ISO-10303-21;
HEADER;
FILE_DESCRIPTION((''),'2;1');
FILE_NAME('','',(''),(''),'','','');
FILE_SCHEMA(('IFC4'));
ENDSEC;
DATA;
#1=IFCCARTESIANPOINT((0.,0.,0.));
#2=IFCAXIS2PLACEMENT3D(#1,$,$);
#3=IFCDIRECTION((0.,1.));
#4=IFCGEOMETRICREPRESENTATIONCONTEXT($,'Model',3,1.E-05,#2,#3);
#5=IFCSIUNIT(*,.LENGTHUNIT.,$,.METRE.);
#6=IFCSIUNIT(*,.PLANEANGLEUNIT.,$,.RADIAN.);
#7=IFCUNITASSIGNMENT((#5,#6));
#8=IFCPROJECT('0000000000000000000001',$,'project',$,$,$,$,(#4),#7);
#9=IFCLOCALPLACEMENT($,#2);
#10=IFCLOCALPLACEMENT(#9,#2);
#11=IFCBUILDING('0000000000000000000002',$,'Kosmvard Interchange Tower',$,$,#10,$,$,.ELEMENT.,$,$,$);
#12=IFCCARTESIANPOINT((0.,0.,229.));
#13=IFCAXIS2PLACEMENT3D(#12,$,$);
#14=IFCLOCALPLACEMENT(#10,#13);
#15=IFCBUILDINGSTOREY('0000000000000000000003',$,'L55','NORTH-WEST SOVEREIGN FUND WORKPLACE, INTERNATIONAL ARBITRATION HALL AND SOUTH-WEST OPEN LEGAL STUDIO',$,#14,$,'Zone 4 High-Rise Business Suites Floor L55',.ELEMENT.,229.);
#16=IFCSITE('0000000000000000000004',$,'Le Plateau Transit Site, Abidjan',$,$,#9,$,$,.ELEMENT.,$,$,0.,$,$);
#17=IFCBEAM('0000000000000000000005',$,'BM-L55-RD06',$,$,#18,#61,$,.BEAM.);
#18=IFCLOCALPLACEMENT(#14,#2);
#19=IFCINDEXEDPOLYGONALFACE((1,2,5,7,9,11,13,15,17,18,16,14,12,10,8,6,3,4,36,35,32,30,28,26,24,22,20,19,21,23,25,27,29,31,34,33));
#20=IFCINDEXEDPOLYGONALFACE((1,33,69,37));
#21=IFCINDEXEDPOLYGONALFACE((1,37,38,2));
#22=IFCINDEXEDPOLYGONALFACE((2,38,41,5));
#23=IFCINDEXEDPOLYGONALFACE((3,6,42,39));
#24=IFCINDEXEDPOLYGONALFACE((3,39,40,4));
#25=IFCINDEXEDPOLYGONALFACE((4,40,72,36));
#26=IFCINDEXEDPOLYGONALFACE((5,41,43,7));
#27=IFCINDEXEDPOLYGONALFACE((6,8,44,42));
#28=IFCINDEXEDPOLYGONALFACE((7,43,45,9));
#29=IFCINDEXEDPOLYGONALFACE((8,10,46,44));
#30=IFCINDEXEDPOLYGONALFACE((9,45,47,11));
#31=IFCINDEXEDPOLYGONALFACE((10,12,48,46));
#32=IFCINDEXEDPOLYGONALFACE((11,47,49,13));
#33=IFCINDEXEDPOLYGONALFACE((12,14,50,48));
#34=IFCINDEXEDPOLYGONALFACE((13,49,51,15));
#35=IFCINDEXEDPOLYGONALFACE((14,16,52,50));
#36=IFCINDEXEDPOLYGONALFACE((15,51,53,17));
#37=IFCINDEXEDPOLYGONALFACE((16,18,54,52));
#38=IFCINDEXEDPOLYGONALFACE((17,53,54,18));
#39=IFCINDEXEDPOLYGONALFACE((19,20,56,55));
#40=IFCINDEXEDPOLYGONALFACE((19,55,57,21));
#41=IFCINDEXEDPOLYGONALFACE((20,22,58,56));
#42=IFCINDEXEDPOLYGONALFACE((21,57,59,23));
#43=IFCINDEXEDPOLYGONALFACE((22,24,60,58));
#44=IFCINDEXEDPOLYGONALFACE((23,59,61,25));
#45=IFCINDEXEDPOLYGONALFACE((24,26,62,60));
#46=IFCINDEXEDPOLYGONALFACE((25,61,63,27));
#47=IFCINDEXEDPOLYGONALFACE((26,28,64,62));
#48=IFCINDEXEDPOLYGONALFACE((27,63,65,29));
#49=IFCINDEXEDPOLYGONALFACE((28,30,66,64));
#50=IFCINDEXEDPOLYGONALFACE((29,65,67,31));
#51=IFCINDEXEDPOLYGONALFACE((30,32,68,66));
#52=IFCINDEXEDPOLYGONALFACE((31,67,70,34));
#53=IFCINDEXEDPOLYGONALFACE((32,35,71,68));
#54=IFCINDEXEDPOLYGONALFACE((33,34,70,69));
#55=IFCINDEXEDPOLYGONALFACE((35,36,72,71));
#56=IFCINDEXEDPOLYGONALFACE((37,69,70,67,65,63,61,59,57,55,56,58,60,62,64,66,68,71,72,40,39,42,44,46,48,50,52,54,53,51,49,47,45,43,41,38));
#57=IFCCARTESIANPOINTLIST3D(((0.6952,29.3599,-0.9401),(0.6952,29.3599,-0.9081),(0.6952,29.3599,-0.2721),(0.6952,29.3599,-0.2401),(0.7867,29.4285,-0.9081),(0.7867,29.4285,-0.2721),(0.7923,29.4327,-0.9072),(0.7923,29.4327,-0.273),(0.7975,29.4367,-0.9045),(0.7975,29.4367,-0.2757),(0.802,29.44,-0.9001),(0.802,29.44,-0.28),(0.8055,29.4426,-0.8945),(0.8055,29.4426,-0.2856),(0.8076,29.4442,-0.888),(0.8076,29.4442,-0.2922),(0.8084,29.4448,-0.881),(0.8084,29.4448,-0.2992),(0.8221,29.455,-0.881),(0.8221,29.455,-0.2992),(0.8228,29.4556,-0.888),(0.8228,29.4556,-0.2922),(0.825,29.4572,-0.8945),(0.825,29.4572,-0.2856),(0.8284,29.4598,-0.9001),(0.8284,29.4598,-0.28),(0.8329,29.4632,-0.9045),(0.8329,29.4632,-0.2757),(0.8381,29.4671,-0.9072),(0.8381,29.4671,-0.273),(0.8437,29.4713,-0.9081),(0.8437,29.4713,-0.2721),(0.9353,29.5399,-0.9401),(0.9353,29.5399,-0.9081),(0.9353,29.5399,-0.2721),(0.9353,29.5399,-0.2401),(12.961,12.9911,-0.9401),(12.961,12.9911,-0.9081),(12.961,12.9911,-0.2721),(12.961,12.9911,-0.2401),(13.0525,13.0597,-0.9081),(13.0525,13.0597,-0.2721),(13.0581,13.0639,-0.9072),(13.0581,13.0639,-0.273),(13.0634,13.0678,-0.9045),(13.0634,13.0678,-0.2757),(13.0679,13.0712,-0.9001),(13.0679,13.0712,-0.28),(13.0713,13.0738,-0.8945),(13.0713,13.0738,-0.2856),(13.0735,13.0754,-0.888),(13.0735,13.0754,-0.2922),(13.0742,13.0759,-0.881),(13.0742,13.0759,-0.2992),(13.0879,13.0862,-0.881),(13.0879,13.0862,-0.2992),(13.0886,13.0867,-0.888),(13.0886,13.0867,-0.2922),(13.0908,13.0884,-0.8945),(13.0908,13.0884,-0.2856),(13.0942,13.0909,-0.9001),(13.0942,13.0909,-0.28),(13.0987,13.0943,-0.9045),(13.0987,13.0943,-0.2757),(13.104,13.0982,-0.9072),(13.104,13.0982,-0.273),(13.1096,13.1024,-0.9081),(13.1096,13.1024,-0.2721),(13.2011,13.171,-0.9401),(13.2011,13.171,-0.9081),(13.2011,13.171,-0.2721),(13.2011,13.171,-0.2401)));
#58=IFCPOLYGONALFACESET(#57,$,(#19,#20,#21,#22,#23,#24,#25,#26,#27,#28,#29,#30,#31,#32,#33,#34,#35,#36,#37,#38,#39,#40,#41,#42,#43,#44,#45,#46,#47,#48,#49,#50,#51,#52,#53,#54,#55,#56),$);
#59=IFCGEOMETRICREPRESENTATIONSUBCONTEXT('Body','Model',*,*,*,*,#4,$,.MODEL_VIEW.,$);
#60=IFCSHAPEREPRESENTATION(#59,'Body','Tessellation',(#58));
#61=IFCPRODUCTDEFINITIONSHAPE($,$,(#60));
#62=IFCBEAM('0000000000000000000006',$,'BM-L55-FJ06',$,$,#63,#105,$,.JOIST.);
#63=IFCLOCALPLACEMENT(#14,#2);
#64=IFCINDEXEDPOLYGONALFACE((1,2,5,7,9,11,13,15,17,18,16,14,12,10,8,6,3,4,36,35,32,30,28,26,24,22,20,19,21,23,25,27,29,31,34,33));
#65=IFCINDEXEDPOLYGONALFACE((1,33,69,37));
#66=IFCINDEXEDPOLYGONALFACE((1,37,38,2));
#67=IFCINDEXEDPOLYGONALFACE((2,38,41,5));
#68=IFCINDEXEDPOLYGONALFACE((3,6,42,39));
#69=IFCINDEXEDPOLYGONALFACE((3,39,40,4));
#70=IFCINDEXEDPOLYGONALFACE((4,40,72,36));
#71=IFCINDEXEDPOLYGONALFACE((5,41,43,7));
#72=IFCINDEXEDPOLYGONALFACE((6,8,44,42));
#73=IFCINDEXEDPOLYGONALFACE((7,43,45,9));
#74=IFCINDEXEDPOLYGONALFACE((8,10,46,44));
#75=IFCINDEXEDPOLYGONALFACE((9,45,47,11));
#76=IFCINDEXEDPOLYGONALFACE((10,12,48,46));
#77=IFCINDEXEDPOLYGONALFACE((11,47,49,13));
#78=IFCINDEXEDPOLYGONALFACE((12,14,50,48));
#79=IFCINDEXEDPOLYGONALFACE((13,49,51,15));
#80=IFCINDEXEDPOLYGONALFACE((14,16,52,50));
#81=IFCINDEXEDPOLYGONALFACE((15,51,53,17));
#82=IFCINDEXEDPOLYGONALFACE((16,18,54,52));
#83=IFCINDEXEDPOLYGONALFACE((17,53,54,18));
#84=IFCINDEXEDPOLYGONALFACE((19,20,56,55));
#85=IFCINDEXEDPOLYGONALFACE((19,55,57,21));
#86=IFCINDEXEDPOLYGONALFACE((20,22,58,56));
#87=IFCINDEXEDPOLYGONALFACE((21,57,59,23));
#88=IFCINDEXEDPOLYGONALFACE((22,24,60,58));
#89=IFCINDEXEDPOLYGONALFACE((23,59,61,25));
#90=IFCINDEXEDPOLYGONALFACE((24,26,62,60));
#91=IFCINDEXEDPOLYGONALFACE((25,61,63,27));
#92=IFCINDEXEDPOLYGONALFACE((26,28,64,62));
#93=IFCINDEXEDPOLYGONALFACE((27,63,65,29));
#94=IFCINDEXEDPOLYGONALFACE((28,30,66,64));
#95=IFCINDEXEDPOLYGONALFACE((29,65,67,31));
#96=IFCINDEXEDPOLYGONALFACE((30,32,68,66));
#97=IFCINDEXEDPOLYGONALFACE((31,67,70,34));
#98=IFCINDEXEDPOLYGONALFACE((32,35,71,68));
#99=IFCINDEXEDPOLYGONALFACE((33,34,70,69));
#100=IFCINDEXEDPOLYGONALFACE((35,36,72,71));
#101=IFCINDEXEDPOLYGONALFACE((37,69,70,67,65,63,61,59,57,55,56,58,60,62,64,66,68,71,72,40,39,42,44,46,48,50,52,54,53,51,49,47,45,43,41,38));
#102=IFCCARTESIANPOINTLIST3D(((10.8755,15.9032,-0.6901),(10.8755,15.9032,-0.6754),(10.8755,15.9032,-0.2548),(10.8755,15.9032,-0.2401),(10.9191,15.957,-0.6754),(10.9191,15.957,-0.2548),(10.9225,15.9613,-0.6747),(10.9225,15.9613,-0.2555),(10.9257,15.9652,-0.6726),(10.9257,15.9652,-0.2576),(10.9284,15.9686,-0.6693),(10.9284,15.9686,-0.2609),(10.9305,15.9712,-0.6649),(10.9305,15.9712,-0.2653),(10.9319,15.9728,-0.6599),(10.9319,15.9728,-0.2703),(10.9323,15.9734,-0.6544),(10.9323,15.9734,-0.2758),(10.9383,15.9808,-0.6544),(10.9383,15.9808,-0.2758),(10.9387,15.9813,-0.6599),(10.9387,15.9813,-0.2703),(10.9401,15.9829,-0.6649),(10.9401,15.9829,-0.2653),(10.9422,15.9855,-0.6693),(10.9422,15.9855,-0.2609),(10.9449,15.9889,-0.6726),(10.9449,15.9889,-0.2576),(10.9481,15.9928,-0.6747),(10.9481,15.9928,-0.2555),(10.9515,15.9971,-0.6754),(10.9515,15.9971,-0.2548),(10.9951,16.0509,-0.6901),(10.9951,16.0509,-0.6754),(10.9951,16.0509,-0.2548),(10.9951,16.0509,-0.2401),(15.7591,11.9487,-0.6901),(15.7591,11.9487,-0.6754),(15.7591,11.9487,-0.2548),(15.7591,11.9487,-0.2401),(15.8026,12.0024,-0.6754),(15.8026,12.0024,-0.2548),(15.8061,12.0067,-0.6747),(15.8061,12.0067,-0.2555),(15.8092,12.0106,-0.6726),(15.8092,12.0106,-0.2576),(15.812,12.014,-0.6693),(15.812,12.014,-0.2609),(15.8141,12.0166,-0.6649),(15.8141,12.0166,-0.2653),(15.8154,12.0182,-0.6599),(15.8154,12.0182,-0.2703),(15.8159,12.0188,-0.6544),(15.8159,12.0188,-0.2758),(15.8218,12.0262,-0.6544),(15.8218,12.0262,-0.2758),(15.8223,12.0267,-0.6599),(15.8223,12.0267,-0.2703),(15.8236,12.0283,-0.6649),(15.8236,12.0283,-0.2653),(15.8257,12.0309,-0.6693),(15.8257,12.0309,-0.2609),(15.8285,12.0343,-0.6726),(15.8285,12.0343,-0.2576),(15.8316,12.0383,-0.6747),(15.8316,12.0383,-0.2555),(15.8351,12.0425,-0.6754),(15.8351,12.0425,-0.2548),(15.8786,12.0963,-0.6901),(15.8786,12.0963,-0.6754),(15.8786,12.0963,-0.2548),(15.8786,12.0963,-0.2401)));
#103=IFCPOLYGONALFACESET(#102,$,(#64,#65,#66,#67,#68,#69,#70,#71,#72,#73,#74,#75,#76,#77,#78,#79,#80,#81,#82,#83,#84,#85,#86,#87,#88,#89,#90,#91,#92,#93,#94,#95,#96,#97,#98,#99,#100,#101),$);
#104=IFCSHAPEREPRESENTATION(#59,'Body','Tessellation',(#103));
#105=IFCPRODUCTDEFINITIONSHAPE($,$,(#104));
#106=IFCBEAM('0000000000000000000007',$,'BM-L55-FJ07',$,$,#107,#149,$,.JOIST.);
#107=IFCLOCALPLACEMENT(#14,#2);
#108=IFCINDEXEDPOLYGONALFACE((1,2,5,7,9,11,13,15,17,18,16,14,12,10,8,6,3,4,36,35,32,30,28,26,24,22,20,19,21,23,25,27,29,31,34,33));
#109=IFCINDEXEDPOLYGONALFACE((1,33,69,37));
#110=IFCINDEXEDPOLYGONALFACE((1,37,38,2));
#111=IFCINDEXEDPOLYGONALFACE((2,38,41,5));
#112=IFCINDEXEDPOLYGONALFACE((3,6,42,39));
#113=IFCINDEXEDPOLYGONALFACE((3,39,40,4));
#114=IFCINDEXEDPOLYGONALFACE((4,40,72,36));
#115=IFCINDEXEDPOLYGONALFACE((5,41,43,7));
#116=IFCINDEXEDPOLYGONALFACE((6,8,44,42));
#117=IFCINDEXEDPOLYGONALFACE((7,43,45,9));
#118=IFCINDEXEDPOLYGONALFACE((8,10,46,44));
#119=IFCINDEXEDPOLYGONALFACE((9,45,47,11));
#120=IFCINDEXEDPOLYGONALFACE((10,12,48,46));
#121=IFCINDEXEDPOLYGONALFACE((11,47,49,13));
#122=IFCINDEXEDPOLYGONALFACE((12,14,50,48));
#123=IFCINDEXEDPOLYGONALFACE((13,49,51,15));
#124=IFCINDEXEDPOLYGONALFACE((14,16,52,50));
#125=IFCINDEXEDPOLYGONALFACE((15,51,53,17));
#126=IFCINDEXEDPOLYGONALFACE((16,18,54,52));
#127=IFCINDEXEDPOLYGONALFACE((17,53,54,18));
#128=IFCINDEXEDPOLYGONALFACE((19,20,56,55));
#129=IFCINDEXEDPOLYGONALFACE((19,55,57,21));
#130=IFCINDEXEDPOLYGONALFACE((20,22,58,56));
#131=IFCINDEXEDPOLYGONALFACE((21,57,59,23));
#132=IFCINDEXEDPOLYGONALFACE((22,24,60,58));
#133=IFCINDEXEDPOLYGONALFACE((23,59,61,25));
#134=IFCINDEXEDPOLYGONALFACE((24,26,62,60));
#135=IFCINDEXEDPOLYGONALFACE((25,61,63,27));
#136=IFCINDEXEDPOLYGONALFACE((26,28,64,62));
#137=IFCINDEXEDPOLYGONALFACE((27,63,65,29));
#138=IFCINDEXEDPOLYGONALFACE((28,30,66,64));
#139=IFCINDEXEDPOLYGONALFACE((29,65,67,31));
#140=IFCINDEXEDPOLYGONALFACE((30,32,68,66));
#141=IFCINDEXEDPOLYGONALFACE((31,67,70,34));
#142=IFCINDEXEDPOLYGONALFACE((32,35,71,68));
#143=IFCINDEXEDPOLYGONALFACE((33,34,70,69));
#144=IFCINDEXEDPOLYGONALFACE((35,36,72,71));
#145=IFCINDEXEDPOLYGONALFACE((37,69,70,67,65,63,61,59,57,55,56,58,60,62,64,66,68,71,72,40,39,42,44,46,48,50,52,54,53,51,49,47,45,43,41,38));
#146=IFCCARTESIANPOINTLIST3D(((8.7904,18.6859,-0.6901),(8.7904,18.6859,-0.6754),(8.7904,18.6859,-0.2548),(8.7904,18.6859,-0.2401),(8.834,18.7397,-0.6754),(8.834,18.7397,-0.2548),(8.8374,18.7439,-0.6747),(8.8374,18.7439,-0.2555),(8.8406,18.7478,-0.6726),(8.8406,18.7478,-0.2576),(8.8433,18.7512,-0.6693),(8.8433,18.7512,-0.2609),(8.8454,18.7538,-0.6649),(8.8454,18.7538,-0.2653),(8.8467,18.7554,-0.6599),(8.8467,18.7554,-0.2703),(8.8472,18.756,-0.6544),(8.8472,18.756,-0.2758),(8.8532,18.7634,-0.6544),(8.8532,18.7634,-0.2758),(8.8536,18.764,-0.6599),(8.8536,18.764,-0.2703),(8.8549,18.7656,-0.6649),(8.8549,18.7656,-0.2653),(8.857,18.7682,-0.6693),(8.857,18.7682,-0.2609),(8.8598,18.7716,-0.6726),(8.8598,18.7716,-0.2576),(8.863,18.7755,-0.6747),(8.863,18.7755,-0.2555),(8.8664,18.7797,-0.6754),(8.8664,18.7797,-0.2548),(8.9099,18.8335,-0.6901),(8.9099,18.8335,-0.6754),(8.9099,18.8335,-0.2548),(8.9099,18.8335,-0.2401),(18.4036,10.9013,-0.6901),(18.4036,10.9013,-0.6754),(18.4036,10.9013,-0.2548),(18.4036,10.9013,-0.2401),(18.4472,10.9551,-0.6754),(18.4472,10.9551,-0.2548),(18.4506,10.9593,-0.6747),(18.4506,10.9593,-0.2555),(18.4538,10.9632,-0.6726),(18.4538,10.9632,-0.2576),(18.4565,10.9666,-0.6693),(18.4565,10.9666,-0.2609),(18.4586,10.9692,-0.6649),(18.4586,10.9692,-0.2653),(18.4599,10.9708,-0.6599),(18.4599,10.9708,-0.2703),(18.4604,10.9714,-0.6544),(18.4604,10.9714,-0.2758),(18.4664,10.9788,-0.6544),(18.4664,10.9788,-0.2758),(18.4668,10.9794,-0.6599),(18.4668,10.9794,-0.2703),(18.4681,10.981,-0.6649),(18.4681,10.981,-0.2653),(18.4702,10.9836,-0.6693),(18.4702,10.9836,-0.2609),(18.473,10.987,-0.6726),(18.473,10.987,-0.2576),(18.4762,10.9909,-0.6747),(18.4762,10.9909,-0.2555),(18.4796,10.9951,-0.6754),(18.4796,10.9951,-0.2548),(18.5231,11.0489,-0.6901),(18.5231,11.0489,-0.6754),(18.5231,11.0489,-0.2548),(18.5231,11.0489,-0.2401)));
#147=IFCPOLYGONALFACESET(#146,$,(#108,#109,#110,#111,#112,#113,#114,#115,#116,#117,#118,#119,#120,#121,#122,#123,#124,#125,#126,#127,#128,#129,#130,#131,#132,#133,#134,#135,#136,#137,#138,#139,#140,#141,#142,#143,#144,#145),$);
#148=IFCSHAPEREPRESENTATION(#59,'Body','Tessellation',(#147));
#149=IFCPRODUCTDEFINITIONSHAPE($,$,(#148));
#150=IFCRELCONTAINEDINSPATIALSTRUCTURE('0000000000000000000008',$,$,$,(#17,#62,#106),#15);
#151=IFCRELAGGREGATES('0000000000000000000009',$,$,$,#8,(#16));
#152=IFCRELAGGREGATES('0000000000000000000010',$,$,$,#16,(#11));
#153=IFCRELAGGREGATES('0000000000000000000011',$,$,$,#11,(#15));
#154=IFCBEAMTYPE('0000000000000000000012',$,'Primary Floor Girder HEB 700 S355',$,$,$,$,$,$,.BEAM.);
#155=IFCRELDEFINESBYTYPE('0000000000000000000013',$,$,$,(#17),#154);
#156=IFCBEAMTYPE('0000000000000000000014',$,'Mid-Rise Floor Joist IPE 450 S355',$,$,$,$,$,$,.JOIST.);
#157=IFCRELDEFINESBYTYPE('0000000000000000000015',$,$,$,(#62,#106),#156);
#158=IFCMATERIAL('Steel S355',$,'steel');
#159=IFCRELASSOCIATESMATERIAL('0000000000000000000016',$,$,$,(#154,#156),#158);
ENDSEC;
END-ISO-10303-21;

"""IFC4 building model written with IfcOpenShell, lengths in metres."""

from ifc_helpers import new_model, si_unit, direction, frame, origin, origin_2d, place, context, subcontext, project, spatial, i_section, extrude, source, transform, mapped, material, material_profile, profile_set, type_object, element, save


model = new_model("IFC4")

# Units and contexts
model_context = context("Model", 3, precision=1e-05, world=origin(), true_north=direction((0.0, 1.0)))
body_context = subcontext(model_context, "Body", "Model", "MODEL_VIEW")
ifc_project = project(units=[si_unit("LENGTHUNIT", "METRE"), si_unit("PLANEANGLEUNIT", "RADIAN")], contexts=[model_context])

# Site, building, storey
site_placement = place(None, origin())
site = spatial("IfcSite", under=ifc_project, at=site_placement, Name="Le Plateau Transit Site, Abidjan", CompositionType="ELEMENT", RefElevation=0.0)
building_placement = place(site_placement, origin())
building = spatial("IfcBuilding", under=site, at=building_placement, Name="Kosmvard Interchange Tower", CompositionType="ELEMENT")
storey_placement = place(building_placement, frame((0.0, 0.0, 229.0)))
storey = spatial("IfcBuildingStorey", under=building, at=storey_placement, Name="L55", Description="NORTH-WEST SOVEREIGN FUND WORKPLACE, INTERNATIONAL ARBITRATION HALL AND SOUTH-WEST OPEN LEGAL STUDIO", LongName="Zone 4 High-Rise Business Suites Floor L55", CompositionType="ELEMENT", Elevation=229.0)

# Beams
ifc_material_1 = material(Name="Steel S355", Category="steel")
ifc_material_profile_1 = material_profile(ifc_material_1, i_section(OverallWidth=0.3, OverallDepth=0.7, WebThickness=0.0171, FlangeThickness=0.032, FilletRadius=0.0271, at=origin_2d()), Name="HEB 700")
ifc_profile_set_1 = profile_set([ifc_material_profile_1], Name="Steel S355")
beam_type_1 = type_object("IfcBeamType", Name="Primary Floor Girder HEB 700 S355", PredefinedType="BEAM", material=ifc_profile_set_1)
shared_shape_1 = source(origin(), body_context, "Body", "SweptSolid", [
    extrude(i_section(OverallWidth=0.3, OverallDepth=0.7, WebThickness=0.0171, FlangeThickness=0.032, FilletRadius=0.0271, at=origin_2d()), origin(), (0.0, 0.0, 1.0), 20.4546),
])
beam_1_placement = place(storey_placement, frame((13.0811, 13.0811, -0.5901), z_axis=(-0.599662, 0.800253, 0.0), x_axis=(-0.800253, -0.599662, 0.0)))
element("IfcBeam", 1, at=beam_1_placement, inside=storey, type_object=beam_type_1, Name="BM-L55-RD06", PredefinedType="BEAM", context=body_context, shape_type="MappedRepresentation", body=[
    mapped(shared_shape_1, transform((0.0, 0.0, 0.0), scale=1.0)),
])
ifc_material_profile_2 = material_profile(ifc_material_1, i_section(OverallWidth=0.1899, OverallDepth=0.45, WebThickness=0.0095, FlangeThickness=0.0146, FilletRadius=0.021, at=origin_2d()), Name="IPE 450")
ifc_profile_set_2 = profile_set([ifc_material_profile_2], Name="Steel S355")
beam_type_2 = type_object("IfcBeamType", Name="Mid-Rise Floor Joist IPE 450 S355", PredefinedType="JOIST", material=ifc_profile_set_2)
shared_shape_2 = source(origin(), body_context, "Body", "SweptSolid", [
    extrude(i_section(OverallWidth=0.1899, OverallDepth=0.45, WebThickness=0.0095, FlangeThickness=0.0146, FilletRadius=0.021, at=origin_2d()), origin(), (0.0, 0.0, 1.0), 6.2839),
])
beam_2_placement = place(storey_placement, frame((15.8188, 12.0225, -0.4651), z_axis=(-0.777148, 0.629318, 0.0), x_axis=(-0.629318, -0.777148, 0.0)))
element("IfcBeam", 2, at=beam_2_placement, inside=storey, type_object=beam_type_2, Name="BM-L55-FJ06", PredefinedType="JOIST", context=body_context, shape_type="MappedRepresentation", body=[
    mapped(shared_shape_2, transform((0.0, 0.0, 0.0), scale=1.0)),
])
shared_shape_3 = source(origin(), body_context, "Body", "SweptSolid", [
    extrude(i_section(OverallWidth=0.1899, OverallDepth=0.45, WebThickness=0.0095, FlangeThickness=0.0146, FilletRadius=0.021, at=origin_2d()), origin(), (0.0, 0.0, 1.0), 12.3699),
])
beam_3_placement = place(storey_placement, frame((18.4634, 10.9751, -0.4651), z_axis=(-0.777147, 0.62932, 0.0), x_axis=(-0.62932, -0.777147, 0.0)))
element("IfcBeam", 3, at=beam_3_placement, inside=storey, type_object=beam_type_2, Name="BM-L55-FJ07", PredefinedType="JOIST", context=body_context, shape_type="MappedRepresentation", body=[
    mapped(shared_shape_3, transform((0.0, 0.0, 0.0), scale=1.0)),
])

save(model, "model.ifc")
